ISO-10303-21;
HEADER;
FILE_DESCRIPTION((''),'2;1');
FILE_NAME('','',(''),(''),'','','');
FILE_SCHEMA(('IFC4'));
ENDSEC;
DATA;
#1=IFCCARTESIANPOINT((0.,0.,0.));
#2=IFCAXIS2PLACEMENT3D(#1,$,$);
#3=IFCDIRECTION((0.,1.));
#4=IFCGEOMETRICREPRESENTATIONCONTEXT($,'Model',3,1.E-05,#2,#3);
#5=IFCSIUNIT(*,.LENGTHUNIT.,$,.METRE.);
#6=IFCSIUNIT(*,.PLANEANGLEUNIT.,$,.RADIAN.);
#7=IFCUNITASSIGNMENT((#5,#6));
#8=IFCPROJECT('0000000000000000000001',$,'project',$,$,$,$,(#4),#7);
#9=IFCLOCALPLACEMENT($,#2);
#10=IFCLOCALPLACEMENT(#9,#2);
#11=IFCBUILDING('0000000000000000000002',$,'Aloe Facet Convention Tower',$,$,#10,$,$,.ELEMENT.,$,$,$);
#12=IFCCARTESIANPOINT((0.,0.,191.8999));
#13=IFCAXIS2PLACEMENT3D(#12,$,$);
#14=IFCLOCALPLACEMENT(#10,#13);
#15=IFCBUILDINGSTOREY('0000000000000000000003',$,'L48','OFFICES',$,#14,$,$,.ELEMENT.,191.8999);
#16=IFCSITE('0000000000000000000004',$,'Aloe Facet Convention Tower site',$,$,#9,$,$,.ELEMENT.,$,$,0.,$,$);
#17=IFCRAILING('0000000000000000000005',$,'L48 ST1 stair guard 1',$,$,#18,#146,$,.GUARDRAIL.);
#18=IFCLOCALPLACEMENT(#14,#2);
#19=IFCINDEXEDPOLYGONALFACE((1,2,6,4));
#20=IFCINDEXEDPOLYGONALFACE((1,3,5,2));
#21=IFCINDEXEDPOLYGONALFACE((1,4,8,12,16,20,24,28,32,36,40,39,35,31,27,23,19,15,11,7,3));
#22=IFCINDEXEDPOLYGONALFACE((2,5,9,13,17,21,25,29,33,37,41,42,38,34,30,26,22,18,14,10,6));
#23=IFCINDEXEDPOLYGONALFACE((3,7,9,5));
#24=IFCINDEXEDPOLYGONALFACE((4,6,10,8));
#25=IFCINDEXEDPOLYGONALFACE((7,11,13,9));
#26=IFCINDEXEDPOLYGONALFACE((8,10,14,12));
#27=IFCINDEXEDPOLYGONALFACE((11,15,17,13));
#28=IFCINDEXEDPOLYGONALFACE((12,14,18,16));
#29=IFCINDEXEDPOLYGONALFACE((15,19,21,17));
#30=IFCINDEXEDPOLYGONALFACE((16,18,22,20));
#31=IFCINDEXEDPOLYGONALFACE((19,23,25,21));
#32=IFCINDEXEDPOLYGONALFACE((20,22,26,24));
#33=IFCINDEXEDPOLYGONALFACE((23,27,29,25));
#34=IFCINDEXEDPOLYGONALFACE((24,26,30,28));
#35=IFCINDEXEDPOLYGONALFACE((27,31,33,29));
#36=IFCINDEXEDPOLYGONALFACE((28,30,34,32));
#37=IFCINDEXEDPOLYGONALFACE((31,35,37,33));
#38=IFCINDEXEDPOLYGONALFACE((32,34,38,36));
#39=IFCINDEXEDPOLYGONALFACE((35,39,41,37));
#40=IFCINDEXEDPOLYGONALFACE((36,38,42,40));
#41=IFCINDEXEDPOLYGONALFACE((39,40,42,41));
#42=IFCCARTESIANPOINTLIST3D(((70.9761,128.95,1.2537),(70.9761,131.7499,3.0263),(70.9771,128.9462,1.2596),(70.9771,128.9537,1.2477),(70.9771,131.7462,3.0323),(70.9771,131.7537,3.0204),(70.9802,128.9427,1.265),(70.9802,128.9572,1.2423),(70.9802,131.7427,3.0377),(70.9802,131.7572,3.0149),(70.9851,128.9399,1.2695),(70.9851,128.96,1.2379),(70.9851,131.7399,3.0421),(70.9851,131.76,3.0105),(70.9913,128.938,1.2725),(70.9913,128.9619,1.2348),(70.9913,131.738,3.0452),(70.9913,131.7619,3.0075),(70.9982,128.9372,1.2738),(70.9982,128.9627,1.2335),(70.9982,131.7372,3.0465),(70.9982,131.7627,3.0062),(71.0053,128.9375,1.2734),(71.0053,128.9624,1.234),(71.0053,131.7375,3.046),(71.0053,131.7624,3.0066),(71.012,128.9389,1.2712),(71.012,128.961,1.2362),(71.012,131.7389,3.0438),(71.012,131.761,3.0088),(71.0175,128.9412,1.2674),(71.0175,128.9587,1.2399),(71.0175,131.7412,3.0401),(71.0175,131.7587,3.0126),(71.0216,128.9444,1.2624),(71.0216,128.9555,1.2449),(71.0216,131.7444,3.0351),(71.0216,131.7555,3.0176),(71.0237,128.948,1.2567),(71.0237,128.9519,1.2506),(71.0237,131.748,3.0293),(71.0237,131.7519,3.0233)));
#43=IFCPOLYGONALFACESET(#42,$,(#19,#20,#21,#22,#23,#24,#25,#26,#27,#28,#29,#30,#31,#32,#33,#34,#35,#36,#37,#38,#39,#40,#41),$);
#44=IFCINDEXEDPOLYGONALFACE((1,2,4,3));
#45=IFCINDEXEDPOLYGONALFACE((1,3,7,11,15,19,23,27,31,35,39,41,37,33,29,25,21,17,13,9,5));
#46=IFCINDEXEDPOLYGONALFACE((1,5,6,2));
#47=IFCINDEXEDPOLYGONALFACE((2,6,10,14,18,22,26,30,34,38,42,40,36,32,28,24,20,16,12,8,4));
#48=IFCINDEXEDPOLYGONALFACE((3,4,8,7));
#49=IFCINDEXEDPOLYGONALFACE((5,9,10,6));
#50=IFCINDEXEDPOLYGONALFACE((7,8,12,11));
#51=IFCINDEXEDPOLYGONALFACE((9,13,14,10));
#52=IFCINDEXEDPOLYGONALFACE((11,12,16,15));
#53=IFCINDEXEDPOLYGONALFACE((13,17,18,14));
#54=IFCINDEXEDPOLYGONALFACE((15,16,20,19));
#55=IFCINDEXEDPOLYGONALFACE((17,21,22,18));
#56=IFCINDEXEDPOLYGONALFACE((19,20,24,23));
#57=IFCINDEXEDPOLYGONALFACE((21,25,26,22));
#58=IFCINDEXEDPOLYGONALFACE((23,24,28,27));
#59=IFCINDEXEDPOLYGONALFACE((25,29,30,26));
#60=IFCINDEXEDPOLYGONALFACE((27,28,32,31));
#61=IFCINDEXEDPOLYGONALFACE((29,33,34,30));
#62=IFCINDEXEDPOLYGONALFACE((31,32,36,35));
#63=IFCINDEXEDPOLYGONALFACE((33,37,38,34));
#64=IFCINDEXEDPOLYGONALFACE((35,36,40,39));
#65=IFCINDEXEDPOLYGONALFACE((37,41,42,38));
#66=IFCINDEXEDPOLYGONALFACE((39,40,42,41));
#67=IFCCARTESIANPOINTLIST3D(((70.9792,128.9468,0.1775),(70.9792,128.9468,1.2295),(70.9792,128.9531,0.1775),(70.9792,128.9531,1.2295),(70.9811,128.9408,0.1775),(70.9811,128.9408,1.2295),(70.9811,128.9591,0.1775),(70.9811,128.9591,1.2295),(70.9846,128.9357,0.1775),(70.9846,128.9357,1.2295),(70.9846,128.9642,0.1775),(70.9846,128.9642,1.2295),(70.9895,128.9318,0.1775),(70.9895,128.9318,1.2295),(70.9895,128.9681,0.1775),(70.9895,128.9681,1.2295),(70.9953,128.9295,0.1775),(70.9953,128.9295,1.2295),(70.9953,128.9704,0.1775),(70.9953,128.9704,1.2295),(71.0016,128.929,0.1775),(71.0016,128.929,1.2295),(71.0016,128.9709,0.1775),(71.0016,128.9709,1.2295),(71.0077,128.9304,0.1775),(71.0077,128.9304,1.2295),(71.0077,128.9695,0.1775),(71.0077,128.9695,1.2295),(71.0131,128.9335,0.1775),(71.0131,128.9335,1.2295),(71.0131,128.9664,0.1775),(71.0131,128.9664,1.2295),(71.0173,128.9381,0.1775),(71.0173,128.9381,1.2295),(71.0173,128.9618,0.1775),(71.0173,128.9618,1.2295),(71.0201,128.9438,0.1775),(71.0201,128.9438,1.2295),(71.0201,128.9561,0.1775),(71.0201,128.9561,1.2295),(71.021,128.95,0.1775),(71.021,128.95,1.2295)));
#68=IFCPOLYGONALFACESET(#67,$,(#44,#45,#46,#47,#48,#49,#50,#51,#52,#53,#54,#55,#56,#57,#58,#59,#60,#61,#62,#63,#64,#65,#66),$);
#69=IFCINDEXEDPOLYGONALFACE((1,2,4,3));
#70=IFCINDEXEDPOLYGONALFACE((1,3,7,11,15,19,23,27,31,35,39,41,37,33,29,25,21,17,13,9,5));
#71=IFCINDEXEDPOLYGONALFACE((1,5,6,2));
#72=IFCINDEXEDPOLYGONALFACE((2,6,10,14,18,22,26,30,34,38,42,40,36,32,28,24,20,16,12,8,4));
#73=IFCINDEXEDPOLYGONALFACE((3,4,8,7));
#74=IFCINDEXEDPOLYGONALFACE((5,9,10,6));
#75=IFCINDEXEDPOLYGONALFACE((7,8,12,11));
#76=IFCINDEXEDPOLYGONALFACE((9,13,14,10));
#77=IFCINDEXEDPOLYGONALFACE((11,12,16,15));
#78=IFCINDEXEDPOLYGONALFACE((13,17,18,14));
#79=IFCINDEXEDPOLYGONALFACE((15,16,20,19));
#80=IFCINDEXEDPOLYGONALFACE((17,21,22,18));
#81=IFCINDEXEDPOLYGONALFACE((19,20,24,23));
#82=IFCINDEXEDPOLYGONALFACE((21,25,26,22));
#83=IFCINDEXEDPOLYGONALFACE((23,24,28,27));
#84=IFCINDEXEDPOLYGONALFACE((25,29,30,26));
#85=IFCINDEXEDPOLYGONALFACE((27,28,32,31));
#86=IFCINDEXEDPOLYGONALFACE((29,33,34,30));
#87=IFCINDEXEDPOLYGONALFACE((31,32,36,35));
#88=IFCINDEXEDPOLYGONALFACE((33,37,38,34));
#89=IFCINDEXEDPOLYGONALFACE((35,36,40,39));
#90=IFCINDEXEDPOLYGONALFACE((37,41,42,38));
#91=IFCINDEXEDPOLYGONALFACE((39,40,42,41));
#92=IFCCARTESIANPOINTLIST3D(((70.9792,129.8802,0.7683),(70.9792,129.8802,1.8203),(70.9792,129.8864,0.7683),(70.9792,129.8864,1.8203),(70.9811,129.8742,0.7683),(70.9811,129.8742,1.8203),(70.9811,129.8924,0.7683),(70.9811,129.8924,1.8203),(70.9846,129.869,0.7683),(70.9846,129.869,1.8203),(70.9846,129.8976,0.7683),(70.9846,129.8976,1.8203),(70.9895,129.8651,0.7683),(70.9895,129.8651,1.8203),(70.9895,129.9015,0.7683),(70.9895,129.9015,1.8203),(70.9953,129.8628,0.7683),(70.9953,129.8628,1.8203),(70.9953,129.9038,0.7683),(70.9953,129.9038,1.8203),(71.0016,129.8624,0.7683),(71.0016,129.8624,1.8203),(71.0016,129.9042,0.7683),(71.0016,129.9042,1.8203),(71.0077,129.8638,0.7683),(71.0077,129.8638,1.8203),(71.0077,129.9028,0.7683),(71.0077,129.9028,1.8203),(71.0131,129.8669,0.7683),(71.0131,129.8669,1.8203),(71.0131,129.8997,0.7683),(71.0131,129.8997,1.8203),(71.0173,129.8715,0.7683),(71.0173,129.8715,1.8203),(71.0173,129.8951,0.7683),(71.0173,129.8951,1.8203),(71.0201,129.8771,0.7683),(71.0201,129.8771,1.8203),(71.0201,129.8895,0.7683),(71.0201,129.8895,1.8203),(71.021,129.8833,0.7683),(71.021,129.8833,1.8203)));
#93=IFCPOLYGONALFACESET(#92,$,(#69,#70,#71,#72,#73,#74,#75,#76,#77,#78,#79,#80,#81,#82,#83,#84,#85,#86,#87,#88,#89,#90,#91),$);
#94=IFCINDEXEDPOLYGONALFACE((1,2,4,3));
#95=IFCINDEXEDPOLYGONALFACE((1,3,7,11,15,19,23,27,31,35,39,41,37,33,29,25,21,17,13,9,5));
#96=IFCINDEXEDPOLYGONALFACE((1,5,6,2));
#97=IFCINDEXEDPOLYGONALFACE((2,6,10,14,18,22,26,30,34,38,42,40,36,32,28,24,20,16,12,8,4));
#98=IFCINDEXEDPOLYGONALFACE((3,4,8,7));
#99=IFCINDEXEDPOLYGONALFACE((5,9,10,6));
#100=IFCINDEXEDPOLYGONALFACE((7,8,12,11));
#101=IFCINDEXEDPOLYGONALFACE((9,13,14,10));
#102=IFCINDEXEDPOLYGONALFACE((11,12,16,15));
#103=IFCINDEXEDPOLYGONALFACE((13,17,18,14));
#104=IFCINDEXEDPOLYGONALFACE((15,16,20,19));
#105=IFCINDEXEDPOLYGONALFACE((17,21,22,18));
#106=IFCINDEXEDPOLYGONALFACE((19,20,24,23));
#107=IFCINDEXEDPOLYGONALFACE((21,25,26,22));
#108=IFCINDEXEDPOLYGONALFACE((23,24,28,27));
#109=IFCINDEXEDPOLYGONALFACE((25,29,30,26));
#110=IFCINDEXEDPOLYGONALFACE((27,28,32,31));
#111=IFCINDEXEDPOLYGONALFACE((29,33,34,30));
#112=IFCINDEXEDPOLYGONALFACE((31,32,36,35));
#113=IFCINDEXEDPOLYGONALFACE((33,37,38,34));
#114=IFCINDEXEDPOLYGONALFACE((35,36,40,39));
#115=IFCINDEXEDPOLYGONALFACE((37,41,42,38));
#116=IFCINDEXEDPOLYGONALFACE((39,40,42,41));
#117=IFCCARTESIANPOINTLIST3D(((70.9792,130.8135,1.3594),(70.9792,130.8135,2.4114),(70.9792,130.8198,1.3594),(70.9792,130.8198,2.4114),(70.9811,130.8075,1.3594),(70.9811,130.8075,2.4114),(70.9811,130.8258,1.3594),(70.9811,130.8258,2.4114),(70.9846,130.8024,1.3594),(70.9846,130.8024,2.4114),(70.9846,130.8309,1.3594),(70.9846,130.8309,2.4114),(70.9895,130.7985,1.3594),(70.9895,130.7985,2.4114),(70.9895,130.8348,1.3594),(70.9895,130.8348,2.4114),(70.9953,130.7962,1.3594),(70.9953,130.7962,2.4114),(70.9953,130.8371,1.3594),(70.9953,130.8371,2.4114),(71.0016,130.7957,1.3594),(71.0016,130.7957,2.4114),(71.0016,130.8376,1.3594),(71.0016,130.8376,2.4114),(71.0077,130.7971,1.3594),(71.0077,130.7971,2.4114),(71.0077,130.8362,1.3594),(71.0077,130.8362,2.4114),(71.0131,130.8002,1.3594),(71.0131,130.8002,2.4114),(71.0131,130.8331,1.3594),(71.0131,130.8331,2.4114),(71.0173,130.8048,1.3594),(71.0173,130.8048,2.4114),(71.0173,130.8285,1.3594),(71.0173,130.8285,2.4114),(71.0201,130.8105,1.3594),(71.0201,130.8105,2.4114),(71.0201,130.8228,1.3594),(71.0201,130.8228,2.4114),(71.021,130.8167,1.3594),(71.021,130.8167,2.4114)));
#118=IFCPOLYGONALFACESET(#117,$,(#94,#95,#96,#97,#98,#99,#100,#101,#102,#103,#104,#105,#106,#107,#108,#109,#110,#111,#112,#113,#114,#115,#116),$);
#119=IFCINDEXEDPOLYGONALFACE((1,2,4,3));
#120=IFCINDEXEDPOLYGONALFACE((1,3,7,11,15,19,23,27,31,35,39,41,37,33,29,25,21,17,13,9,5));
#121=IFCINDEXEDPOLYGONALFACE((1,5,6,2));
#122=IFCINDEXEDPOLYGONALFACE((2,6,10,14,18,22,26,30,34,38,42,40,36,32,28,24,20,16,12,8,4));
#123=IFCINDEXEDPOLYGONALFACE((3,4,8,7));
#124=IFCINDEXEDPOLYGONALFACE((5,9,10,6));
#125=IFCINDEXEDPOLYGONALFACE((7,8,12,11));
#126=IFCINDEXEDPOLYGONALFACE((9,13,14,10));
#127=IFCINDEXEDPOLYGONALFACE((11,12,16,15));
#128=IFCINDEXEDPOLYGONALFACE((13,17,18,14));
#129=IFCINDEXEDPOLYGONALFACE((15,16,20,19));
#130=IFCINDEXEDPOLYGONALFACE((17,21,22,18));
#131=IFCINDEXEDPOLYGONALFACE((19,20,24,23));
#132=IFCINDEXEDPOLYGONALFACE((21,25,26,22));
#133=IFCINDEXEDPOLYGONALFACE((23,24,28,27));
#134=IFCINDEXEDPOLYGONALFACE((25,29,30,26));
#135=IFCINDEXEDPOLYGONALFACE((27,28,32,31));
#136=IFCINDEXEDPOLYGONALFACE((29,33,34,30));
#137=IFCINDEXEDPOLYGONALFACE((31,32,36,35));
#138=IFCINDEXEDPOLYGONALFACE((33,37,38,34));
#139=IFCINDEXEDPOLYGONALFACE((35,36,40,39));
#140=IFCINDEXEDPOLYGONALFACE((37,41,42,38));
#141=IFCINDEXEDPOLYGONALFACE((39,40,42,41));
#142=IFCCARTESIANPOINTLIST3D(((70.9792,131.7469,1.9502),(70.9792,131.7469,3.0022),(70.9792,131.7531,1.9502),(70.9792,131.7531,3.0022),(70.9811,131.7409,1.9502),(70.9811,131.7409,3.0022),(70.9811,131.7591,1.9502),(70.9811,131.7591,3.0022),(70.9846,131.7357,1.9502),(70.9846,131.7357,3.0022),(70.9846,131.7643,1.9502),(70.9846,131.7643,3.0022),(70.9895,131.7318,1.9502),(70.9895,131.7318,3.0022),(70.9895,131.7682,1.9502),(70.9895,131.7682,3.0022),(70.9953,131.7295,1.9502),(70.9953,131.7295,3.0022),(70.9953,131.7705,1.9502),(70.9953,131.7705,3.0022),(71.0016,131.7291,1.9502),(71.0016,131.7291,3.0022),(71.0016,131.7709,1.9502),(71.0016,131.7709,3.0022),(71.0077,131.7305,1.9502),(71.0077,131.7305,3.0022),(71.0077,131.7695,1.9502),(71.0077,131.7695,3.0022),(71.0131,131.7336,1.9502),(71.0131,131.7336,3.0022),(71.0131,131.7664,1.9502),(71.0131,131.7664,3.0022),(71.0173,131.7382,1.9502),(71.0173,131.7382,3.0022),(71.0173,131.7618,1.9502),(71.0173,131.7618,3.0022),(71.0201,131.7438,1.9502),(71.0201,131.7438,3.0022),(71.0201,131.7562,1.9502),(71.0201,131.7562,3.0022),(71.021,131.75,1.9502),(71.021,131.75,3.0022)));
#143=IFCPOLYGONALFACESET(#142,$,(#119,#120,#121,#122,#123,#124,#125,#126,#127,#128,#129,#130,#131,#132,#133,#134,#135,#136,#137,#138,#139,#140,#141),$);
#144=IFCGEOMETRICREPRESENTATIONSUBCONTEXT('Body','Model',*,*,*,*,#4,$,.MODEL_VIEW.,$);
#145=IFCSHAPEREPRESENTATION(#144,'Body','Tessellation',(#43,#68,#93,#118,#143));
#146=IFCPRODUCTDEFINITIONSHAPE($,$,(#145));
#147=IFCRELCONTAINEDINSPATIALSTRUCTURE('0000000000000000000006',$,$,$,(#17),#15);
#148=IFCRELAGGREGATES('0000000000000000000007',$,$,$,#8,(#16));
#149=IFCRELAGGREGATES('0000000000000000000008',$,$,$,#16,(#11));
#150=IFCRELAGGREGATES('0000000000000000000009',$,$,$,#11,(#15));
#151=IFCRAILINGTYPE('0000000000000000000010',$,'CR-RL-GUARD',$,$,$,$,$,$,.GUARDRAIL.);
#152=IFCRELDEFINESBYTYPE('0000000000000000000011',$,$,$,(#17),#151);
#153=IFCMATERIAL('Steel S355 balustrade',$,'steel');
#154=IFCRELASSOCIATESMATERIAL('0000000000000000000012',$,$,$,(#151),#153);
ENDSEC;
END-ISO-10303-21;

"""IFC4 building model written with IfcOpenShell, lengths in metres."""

from ifc_helpers import new_model, si_unit, direction, frame, origin, origin_2d, place, context, subcontext, project, spatial, circle, extrude, material, type_object, element, save


model = new_model("IFC4")

# Units and contexts
model_context = context("Model", 3, precision=1e-05, world=origin(), true_north=direction((0.0, 1.0)))
body_context = subcontext(model_context, "Body", "Model", "MODEL_VIEW")
ifc_project = project(units=[si_unit("LENGTHUNIT", "METRE"), si_unit("PLANEANGLEUNIT", "RADIAN")], contexts=[model_context])

# Site, building, storey
site_placement = place(None, origin())
site = spatial("IfcSite", under=ifc_project, at=site_placement, Name="Aloe Facet Convention Tower site", CompositionType="ELEMENT", RefElevation=0.0)
building_placement = place(site_placement, origin())
building = spatial("IfcBuilding", under=site, at=building_placement, Name="Aloe Facet Convention Tower", CompositionType="ELEMENT")
storey_placement = place(building_placement, frame((0.0, 0.0, 191.8999)))
storey = spatial("IfcBuildingStorey", under=building, at=storey_placement, Name="L48", Description="OFFICES", CompositionType="ELEMENT", Elevation=191.8999)

# Railing
ifc_material_1 = material(Name="Steel S355 balustrade", Category="steel")
railing_type_1 = type_object("IfcRailingType", Name="CR-RL-GUARD", PredefinedType="GUARDRAIL", material=ifc_material_1)
railing_1_placement = place(storey_placement, frame((71.0, 128.95, 0.1775)))
element("IfcRailing", 1, at=railing_1_placement, inside=storey, type_object=railing_type_1, Name="L48 ST1 stair guard 1", PredefinedType="GUARDRAIL", context=body_context, shape_type="SweptSolid", body=[
    extrude(circle(Radius=0.0239, at=origin_2d()), frame((0.0, 0.0, 1.0762), z_axis=(0.0, 0.844909, 0.53491), x_axis=(-1.0, 0.0, 0.0)), (0.0, 0.0, 1.0), 3.314),
    extrude(circle(Radius=0.021, at=origin_2d()), origin(), (0.0, 0.0, 1.0), 1.052),
    extrude(circle(Radius=0.021, at=origin_2d()), frame((0.0, 0.9333, 0.5908)), (0.0, 0.0, 1.0), 1.052),
    extrude(circle(Radius=0.021, at=origin_2d()), frame((0.0, 1.8667, 1.1819)), (0.0, 0.0, 1.0), 1.052),
    extrude(circle(Radius=0.021, at=origin_2d()), frame((0.0, 2.8, 1.7727)), (0.0, 0.0, 1.0), 1.052),
])

save(model, "model.ifc")
